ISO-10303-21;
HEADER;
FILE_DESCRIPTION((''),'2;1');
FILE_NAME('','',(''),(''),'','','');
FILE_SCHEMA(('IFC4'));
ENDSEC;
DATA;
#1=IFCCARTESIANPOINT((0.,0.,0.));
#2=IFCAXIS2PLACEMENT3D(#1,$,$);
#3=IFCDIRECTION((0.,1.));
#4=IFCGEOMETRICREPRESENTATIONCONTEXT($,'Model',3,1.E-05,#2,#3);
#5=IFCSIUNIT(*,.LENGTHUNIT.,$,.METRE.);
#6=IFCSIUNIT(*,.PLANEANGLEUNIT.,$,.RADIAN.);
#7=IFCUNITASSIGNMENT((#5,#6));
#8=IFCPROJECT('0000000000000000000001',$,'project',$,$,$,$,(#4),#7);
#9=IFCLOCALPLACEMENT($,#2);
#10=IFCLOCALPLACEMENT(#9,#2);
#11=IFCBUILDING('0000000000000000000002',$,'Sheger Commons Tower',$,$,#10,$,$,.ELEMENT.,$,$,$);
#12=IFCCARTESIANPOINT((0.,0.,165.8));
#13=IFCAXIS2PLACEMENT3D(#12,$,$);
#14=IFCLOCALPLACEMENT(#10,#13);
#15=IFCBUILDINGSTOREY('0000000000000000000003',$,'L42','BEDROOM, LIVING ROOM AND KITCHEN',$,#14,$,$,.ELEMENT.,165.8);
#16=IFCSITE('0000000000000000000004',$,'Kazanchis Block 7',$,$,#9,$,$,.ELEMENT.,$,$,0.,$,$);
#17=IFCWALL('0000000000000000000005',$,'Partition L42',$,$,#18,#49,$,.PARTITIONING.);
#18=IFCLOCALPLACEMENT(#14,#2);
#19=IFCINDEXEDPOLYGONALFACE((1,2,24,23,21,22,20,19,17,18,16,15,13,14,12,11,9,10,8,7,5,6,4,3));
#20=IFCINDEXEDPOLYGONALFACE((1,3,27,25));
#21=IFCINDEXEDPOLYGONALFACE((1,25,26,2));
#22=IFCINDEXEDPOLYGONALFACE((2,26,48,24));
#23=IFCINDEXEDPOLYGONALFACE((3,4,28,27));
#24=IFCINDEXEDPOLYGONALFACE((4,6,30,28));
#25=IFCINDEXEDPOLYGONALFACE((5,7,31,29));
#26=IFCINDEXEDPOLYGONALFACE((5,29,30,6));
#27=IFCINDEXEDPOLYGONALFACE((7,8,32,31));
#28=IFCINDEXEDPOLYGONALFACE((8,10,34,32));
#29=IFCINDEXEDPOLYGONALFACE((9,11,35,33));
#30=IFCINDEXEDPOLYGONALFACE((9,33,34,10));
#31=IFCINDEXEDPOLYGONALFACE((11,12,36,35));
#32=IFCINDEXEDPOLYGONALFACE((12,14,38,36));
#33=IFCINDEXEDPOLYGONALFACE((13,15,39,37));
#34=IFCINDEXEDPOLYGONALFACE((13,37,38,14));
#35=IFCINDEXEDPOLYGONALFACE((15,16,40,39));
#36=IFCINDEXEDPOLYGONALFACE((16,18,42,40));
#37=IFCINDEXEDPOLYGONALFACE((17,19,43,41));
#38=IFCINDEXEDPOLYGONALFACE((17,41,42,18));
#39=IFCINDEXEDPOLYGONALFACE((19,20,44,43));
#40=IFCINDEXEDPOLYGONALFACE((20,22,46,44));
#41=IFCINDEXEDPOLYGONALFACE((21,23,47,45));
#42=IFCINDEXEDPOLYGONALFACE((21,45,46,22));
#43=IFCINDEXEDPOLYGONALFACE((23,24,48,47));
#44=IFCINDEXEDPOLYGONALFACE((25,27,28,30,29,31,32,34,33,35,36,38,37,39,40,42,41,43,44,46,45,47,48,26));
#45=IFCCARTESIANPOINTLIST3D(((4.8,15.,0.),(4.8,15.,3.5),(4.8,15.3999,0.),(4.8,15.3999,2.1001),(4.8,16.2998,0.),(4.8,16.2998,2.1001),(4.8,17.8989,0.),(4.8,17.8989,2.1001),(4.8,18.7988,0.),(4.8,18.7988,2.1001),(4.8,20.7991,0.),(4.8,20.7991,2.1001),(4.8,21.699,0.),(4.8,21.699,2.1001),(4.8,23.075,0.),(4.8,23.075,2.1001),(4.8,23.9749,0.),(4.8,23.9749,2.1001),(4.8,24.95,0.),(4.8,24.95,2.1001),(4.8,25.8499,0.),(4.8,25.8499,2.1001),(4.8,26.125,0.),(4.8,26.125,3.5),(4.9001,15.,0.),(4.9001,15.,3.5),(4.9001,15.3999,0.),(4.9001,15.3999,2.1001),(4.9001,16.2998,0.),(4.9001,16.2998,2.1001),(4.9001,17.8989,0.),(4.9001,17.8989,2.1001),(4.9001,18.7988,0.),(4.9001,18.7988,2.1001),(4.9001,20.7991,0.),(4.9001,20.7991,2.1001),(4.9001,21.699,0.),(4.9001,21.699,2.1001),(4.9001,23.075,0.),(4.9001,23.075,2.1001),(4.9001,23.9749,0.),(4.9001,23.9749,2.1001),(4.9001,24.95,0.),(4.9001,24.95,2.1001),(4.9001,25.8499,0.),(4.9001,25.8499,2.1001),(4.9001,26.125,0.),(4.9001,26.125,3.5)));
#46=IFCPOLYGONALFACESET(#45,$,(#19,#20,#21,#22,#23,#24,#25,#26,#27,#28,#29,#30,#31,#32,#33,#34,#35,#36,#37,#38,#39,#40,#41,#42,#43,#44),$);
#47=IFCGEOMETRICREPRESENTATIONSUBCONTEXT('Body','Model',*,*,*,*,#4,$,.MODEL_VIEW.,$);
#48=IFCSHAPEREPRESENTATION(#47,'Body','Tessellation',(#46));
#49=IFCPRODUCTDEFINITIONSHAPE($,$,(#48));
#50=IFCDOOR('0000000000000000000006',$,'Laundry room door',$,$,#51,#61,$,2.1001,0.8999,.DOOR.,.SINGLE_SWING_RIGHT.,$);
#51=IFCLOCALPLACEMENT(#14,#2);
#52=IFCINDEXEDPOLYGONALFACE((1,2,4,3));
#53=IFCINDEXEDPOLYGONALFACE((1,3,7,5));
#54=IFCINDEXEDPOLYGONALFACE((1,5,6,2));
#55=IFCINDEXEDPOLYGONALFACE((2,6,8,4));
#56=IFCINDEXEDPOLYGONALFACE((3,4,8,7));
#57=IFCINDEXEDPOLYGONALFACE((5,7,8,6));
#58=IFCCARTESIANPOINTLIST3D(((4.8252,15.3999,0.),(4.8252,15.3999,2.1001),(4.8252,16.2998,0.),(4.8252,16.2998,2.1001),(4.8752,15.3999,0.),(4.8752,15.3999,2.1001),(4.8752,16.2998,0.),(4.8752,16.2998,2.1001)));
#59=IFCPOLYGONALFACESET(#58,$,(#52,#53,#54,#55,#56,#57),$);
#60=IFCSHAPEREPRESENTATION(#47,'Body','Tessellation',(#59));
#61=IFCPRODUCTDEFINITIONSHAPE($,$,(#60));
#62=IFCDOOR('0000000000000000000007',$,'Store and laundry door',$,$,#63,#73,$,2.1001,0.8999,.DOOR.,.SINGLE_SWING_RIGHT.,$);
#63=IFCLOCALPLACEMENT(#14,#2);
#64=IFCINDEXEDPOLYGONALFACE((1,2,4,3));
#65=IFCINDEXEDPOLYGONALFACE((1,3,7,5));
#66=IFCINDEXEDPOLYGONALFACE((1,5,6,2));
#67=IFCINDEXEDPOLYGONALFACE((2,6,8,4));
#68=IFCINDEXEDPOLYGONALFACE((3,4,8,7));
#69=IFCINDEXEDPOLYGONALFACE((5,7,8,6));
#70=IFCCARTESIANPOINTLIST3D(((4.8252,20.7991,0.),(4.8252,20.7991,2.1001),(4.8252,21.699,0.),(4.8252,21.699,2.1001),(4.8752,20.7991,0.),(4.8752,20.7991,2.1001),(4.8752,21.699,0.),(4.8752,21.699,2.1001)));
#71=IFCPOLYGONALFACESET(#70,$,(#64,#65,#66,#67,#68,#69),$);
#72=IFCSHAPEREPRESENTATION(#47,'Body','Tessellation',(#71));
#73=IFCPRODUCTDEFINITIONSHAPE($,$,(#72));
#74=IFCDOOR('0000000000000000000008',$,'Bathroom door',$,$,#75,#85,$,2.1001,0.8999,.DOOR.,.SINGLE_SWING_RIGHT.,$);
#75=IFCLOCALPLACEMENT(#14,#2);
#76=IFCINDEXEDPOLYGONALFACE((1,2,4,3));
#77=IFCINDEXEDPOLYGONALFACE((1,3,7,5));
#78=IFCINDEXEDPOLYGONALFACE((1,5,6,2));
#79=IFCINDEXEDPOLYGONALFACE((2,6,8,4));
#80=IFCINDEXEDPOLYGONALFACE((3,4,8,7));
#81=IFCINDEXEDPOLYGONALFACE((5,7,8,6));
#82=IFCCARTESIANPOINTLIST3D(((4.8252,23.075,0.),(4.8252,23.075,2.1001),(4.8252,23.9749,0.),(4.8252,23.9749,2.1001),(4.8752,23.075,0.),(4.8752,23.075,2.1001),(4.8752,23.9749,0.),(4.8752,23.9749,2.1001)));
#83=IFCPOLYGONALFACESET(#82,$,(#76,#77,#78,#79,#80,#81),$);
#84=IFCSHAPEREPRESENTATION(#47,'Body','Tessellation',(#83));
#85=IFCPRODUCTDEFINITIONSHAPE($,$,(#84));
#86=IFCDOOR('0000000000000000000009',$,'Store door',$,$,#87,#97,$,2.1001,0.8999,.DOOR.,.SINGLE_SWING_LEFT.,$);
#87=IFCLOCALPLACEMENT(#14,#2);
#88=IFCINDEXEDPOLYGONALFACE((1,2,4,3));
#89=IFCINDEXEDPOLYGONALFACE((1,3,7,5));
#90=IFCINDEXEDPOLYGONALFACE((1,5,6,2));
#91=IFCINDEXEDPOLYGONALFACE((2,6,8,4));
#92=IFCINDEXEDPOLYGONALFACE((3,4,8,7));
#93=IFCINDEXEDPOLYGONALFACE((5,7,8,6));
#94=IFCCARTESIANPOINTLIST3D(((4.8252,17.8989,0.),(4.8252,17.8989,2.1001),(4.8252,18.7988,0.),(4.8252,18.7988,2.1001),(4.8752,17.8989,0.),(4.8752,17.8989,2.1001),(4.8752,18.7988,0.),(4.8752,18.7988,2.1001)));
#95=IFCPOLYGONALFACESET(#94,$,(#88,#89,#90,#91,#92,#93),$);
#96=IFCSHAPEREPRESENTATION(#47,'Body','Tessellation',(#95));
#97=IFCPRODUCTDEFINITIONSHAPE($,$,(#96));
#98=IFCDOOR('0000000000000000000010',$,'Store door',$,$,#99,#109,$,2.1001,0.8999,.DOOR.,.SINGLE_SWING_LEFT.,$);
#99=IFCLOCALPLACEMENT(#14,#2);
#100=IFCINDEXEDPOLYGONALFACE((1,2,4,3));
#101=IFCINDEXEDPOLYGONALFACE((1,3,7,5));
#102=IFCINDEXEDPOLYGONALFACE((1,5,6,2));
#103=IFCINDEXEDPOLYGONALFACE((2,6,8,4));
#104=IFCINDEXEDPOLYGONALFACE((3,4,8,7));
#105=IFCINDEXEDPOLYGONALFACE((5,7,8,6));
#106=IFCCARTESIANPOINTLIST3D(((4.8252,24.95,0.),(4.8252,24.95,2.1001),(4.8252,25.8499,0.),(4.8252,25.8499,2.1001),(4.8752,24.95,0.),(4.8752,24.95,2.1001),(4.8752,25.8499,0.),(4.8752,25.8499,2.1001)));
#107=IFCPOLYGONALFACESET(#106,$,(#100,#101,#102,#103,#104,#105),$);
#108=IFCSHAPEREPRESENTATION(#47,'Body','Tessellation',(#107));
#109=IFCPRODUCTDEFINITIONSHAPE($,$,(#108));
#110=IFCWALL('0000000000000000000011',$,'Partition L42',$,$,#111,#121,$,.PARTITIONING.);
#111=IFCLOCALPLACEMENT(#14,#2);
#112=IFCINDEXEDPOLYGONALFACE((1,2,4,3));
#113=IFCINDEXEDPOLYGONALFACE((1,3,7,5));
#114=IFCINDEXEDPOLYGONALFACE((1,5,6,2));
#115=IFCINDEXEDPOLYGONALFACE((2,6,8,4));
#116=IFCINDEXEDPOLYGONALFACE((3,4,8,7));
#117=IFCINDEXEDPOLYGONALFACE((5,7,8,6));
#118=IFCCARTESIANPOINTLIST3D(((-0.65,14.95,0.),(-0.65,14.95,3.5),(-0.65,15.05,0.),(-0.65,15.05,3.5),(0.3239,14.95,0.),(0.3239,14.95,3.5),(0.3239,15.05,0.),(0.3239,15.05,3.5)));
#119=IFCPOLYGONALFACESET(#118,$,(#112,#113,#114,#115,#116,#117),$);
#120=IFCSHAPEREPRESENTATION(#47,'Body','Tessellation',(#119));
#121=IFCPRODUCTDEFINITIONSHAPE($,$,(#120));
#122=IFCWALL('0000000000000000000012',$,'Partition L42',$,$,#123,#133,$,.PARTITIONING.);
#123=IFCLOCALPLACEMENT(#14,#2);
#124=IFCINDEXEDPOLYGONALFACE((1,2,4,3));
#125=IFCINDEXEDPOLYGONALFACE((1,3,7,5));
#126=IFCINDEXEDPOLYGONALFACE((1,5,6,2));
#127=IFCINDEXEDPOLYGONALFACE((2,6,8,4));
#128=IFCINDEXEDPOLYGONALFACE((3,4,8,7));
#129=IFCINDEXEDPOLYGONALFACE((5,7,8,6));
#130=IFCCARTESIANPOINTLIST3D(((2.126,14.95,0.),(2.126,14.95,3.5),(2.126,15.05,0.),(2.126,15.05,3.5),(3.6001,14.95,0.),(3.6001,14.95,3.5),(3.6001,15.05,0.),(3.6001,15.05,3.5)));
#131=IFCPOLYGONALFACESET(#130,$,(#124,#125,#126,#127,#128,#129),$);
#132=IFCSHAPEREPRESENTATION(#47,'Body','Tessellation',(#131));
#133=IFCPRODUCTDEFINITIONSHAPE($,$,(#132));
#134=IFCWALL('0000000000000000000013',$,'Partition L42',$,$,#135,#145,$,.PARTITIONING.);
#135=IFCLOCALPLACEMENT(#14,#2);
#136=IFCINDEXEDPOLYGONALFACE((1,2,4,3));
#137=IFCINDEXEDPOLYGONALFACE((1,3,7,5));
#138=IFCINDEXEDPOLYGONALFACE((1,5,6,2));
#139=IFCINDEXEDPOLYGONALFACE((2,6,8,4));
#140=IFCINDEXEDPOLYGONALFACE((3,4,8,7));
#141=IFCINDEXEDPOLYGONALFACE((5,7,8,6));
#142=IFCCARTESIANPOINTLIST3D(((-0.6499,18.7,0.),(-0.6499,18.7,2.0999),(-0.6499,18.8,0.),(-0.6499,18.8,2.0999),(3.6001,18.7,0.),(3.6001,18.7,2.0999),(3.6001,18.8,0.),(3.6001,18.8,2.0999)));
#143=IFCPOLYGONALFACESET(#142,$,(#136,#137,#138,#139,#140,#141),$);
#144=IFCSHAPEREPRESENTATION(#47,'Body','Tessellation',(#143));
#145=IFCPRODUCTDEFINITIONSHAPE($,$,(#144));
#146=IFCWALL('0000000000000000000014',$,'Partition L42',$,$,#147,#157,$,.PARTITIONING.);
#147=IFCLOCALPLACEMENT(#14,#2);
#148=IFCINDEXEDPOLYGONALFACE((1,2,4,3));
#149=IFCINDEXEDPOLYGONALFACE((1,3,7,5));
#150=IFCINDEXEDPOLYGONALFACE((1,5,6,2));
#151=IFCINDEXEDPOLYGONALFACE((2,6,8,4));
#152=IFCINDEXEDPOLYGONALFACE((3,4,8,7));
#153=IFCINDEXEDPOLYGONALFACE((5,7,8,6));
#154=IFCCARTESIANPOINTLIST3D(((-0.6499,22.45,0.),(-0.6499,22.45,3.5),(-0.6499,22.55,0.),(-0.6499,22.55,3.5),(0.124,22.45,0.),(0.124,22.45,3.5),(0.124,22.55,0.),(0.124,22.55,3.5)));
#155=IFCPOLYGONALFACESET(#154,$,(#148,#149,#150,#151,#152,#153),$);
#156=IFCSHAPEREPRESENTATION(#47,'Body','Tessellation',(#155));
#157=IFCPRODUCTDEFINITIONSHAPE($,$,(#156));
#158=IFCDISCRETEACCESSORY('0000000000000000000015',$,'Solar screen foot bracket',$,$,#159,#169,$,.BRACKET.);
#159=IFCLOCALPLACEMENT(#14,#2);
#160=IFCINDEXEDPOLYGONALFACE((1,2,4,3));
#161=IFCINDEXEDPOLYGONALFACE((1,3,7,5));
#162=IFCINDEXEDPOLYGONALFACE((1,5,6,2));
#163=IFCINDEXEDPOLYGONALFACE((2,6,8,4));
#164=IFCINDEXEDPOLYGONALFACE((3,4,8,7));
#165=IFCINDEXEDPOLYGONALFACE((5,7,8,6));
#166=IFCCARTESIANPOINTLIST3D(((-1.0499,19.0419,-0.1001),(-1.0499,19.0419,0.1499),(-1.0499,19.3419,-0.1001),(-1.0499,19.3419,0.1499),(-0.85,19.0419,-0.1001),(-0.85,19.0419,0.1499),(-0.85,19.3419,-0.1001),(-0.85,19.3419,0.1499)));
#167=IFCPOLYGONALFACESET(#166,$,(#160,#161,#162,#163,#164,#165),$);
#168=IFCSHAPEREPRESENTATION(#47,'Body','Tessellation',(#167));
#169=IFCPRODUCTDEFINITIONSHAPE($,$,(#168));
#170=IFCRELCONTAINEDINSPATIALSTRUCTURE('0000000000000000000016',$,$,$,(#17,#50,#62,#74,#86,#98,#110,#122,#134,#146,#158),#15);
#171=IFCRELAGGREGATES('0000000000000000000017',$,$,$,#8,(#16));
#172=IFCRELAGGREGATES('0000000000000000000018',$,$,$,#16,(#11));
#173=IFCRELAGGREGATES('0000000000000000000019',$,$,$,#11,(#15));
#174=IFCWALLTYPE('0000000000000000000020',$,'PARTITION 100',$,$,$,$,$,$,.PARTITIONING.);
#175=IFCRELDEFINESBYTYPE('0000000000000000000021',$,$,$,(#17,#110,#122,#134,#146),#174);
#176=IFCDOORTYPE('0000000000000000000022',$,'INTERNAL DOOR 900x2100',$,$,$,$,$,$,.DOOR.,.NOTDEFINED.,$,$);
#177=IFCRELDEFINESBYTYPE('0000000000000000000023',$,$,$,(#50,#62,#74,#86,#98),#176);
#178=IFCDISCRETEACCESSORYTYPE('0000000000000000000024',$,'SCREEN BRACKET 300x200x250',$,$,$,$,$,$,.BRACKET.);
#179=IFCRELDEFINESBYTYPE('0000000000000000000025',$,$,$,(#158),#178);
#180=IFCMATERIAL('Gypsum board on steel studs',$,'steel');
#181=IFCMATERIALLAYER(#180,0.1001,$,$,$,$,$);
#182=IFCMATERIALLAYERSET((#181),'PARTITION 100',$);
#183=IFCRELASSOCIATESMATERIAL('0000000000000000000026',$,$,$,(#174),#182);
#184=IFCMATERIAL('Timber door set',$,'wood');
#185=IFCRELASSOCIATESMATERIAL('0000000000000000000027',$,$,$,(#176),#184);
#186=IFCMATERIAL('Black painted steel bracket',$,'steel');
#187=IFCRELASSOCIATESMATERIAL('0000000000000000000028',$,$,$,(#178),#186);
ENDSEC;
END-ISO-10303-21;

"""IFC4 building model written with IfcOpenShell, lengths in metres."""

from ifc_helpers import new_model, si_unit, direction, frame, frame_2d, origin, origin_2d, place, context, subcontext, project, spatial, rectangle, extrude, material, layer, layer_set, type_object, element, fill, save


model = new_model("IFC4")

# Units and contexts
model_context = context("Model", 3, precision=1e-05, world=origin(), true_north=direction((0.0, 1.0)))
body_context = subcontext(model_context, "Body", "Model", "MODEL_VIEW")
ifc_project = project(units=[si_unit("LENGTHUNIT", "METRE"), si_unit("PLANEANGLEUNIT", "RADIAN")], contexts=[model_context])

# Site, building, storey
site_placement = place(None, origin())
site = spatial("IfcSite", under=ifc_project, at=site_placement, Name="Kazanchis Block 7", CompositionType="ELEMENT", RefElevation=0.0)
building_placement = place(site_placement, origin())
building = spatial("IfcBuilding", under=site, at=building_placement, Name="Sheger Commons Tower", CompositionType="ELEMENT")
storey_placement = place(building_placement, frame((0.0, 0.0, 165.8)))
storey = spatial("IfcBuildingStorey", under=building, at=storey_placement, Name="L42", Description="BEDROOM, LIVING ROOM AND KITCHEN", CompositionType="ELEMENT", Elevation=165.8)

# Wall, openings, doors
ifc_material_1 = material(Name="Gypsum board on steel studs", Category="steel")
ifc_layer_1 = layer(ifc_material_1, 0.1001)
ifc_layer_set_1 = layer_set([ifc_layer_1], Name="PARTITION 100")
wall_type = type_object("IfcWallType", Name="PARTITION 100", PredefinedType="PARTITIONING", material=ifc_layer_set_1)
ifc_material_2 = material(Name="Timber door set", Category="wood")
door_type = type_object("IfcDoorType", Name="INTERNAL DOOR 900x2100", OperationType="NOTDEFINED", PredefinedType="DOOR", material=ifc_material_2)
wall_1_placement = place(storey_placement, frame((4.8501, 15.0, 0.0), z_axis=(0.0, 0.0, 1.0), x_axis=(0.0, 1.0, 0.0)))
wall_1 = element("IfcWall", 1, at=wall_1_placement, inside=storey, type_object=wall_type, Name="Partition L42", PredefinedType="PARTITIONING", context=body_context, shape_type="SweptSolid", body=[
    extrude(rectangle(XDim=11.125, YDim=0.1001, at=frame_2d((5.5625, 0.0))), origin(), (0.0, 0.0, 1.0), 3.5),
])
opening_1_placement = place(wall_1_placement, frame((0.3999, 0.0, 0.0)))
opening_1 = element("IfcOpeningElement", 2, at=opening_1_placement, cuts=wall_1, PredefinedType="OPENING", context=body_context, shape_type="SweptSolid", body=[
    extrude(rectangle(XDim=0.8999, YDim=2.1001, at=frame_2d((0.45, 1.05))), frame((0.0, 0.0601, 0.0), z_axis=(0.0, -1.0, 0.0), x_axis=(1.0, 0.0, 0.0)), (0.0, 0.0, 1.0), 0.1201),
])
opening_2_placement = place(wall_1_placement, frame((5.7991, 0.0, 0.0)))
opening_2 = element("IfcOpeningElement", 3, at=opening_2_placement, cuts=wall_1, PredefinedType="OPENING", context=body_context, shape_type="SweptSolid", body=[
    extrude(rectangle(XDim=0.8999, YDim=2.1001, at=frame_2d((0.45, 1.05))), frame((0.0, 0.0601, 0.0), z_axis=(0.0, -1.0, 0.0), x_axis=(1.0, 0.0, 0.0)), (0.0, 0.0, 1.0), 0.1201),
])
opening_3_placement = place(wall_1_placement, frame((8.075, 0.0, 0.0)))
opening_3 = element("IfcOpeningElement", 4, at=opening_3_placement, cuts=wall_1, PredefinedType="OPENING", context=body_context, shape_type="SweptSolid", body=[
    extrude(rectangle(XDim=0.8999, YDim=2.1001, at=frame_2d((0.45, 1.05))), frame((0.0, 0.0601, 0.0), z_axis=(0.0, -1.0, 0.0), x_axis=(1.0, 0.0, 0.0)), (0.0, 0.0, 1.0), 0.1201),
])
opening_4_placement = place(wall_1_placement, frame((2.8989, 0.0, 0.0)))
opening_4 = element("IfcOpeningElement", 5, at=opening_4_placement, cuts=wall_1, PredefinedType="OPENING", context=body_context, shape_type="SweptSolid", body=[
    extrude(rectangle(XDim=0.8999, YDim=2.1001, at=frame_2d((0.45, 1.05))), frame((0.0, 0.0601, 0.0), z_axis=(0.0, -1.0, 0.0), x_axis=(1.0, 0.0, 0.0)), (0.0, 0.0, 1.0), 0.1201),
])
opening_5_placement = place(wall_1_placement, frame((9.95, 0.0, 0.0)))
opening_5 = element("IfcOpeningElement", 6, at=opening_5_placement, cuts=wall_1, PredefinedType="OPENING", context=body_context, shape_type="SweptSolid", body=[
    extrude(rectangle(XDim=0.8999, YDim=2.1001, at=frame_2d((0.45, 1.05))), frame((0.0, 0.0601, 0.0), z_axis=(0.0, -1.0, 0.0), x_axis=(1.0, 0.0, 0.0)), (0.0, 0.0, 1.0), 0.1201),
])
door_1_placement = place(opening_1_placement, origin())
door_1 = element("IfcDoor", 7, at=door_1_placement, inside=storey, type_object=door_type, Name="Laundry room door", OperationType="SINGLE_SWING_RIGHT", OverallHeight=2.1001, OverallWidth=0.8999, PredefinedType="DOOR", context=body_context, shape_type="SweptSolid", body=[
    extrude(rectangle(XDim=0.8999, YDim=2.1001, at=frame_2d((0.45, 1.05))), frame((0.0, 0.0249, 0.0), z_axis=(0.0, -1.0, 0.0), x_axis=(1.0, 0.0, 0.0)), (0.0, 0.0, 1.0), 0.05),
])
fill(opening_1, door_1)
door_2_placement = place(opening_2_placement, origin())
door_2 = element("IfcDoor", 8, at=door_2_placement, inside=storey, type_object=door_type, Name="Store and laundry door", OperationType="SINGLE_SWING_RIGHT", OverallHeight=2.1001, OverallWidth=0.8999, PredefinedType="DOOR", context=body_context, shape_type="SweptSolid", body=[
    extrude(rectangle(XDim=0.8999, YDim=2.1001, at=frame_2d((0.45, 1.05))), frame((0.0, 0.0249, 0.0), z_axis=(0.0, -1.0, 0.0), x_axis=(1.0, 0.0, 0.0)), (0.0, 0.0, 1.0), 0.05),
])
fill(opening_2, door_2)
door_3_placement = place(opening_3_placement, origin())
door_3 = element("IfcDoor", 9, at=door_3_placement, inside=storey, type_object=door_type, Name="Bathroom door", OperationType="SINGLE_SWING_RIGHT", OverallHeight=2.1001, OverallWidth=0.8999, PredefinedType="DOOR", context=body_context, shape_type="SweptSolid", body=[
    extrude(rectangle(XDim=0.8999, YDim=2.1001, at=frame_2d((0.45, 1.05))), frame((0.0, 0.0249, 0.0), z_axis=(0.0, -1.0, 0.0), x_axis=(1.0, 0.0, 0.0)), (0.0, 0.0, 1.0), 0.05),
])
fill(opening_3, door_3)
door_4_placement = place(opening_4_placement, origin())
door_4 = element("IfcDoor", 10, at=door_4_placement, inside=storey, type_object=door_type, Name="Store door", OperationType="SINGLE_SWING_LEFT", OverallHeight=2.1001, OverallWidth=0.8999, PredefinedType="DOOR", context=body_context, shape_type="SweptSolid", body=[
    extrude(rectangle(XDim=0.8999, YDim=2.1001, at=frame_2d((0.45, 1.05))), frame((0.0, 0.0249, 0.0), z_axis=(0.0, -1.0, 0.0), x_axis=(1.0, 0.0, 0.0)), (0.0, 0.0, 1.0), 0.05),
])
fill(opening_4, door_4)
door_5_placement = place(opening_5_placement, origin())
door_5 = element("IfcDoor", 11, at=door_5_placement, inside=storey, type_object=door_type, Name="Store door", OperationType="SINGLE_SWING_LEFT", OverallHeight=2.1001, OverallWidth=0.8999, PredefinedType="DOOR", context=body_context, shape_type="SweptSolid", body=[
    extrude(rectangle(XDim=0.8999, YDim=2.1001, at=frame_2d((0.45, 1.05))), frame((0.0, 0.0249, 0.0), z_axis=(0.0, -1.0, 0.0), x_axis=(1.0, 0.0, 0.0)), (0.0, 0.0, 1.0), 0.05),
])
fill(opening_5, door_5)

# Walls
wall_2_placement = place(storey_placement, frame((-0.6499, 15.0, 0.0), z_axis=(0.0, 0.0, 1.0), x_axis=(1.0, 0.0, 0.0)))
element("IfcWall", 12, at=wall_2_placement, inside=storey, type_object=wall_type, Name="Partition L42", PredefinedType="PARTITIONING", context=body_context, shape_type="SweptSolid", body=[
    extrude(rectangle(XDim=0.9739, YDim=0.1001, at=frame_2d((0.4868, 0.0))), origin(), (0.0, 0.0, 1.0), 3.5),
])
wall_3_placement = place(storey_placement, frame((2.126, 15.0, 0.0), z_axis=(0.0, 0.0, 1.0), x_axis=(1.0, 0.0, 0.0)))
element("IfcWall", 13, at=wall_3_placement, inside=storey, type_object=wall_type, Name="Partition L42", PredefinedType="PARTITIONING", context=body_context, shape_type="SweptSolid", body=[
    extrude(rectangle(XDim=1.4741, YDim=0.1001, at=frame_2d((0.7371, 0.0))), origin(), (0.0, 0.0, 1.0), 3.5),
])
wall_4_placement = place(storey_placement, frame((-0.6499, 18.75, 0.0), z_axis=(0.0, 0.0, 1.0), x_axis=(1.0, 0.0, 0.0)))
element("IfcWall", 14, at=wall_4_placement, inside=storey, type_object=wall_type, Name="Partition L42", PredefinedType="PARTITIONING", context=body_context, shape_type="SweptSolid", body=[
    extrude(rectangle(XDim=4.25, YDim=0.1001, at=frame_2d((2.125, 0.0))), origin(), (0.0, 0.0, 1.0), 2.0999),
])
wall_5_placement = place(storey_placement, frame((-0.6499, 22.5, 0.0), z_axis=(0.0, 0.0, 1.0), x_axis=(1.0, 0.0, 0.0)))
element("IfcWall", 15, at=wall_5_placement, inside=storey, type_object=wall_type, Name="Partition L42", PredefinedType="PARTITIONING", context=body_context, shape_type="SweptSolid", body=[
    extrude(rectangle(XDim=0.7739, YDim=0.1001, at=frame_2d((0.387, 0.0))), origin(), (0.0, 0.0, 1.0), 3.5),
])

# Discrete accessory
ifc_material_3 = material(Name="Black painted steel bracket", Category="steel")
discrete_accessory_type = type_object("IfcDiscreteAccessoryType", Name="SCREEN BRACKET 300x200x250", PredefinedType="BRACKET", material=ifc_material_3)
for number, where, z_axis, x_axis, name in (
    (16, (-0.95, 19.1919, -0.1001), (0.0, 0.0, 1.0), (0.0, -1.0, 0.0), "Solar screen foot bracket"),
):
    element("IfcDiscreteAccessory", number, at=place(storey_placement, frame(where, z_axis=z_axis, x_axis=x_axis)), inside=storey, type_object=discrete_accessory_type, Name=name, PredefinedType="BRACKET", context=body_context, shape_type="SweptSolid", body=[
        extrude(rectangle(XDim=0.3, YDim=0.2, at=origin_2d()), origin(), (0.0, 0.0, 1.0), 0.25),
    ])

save(model, "model.ifc")
